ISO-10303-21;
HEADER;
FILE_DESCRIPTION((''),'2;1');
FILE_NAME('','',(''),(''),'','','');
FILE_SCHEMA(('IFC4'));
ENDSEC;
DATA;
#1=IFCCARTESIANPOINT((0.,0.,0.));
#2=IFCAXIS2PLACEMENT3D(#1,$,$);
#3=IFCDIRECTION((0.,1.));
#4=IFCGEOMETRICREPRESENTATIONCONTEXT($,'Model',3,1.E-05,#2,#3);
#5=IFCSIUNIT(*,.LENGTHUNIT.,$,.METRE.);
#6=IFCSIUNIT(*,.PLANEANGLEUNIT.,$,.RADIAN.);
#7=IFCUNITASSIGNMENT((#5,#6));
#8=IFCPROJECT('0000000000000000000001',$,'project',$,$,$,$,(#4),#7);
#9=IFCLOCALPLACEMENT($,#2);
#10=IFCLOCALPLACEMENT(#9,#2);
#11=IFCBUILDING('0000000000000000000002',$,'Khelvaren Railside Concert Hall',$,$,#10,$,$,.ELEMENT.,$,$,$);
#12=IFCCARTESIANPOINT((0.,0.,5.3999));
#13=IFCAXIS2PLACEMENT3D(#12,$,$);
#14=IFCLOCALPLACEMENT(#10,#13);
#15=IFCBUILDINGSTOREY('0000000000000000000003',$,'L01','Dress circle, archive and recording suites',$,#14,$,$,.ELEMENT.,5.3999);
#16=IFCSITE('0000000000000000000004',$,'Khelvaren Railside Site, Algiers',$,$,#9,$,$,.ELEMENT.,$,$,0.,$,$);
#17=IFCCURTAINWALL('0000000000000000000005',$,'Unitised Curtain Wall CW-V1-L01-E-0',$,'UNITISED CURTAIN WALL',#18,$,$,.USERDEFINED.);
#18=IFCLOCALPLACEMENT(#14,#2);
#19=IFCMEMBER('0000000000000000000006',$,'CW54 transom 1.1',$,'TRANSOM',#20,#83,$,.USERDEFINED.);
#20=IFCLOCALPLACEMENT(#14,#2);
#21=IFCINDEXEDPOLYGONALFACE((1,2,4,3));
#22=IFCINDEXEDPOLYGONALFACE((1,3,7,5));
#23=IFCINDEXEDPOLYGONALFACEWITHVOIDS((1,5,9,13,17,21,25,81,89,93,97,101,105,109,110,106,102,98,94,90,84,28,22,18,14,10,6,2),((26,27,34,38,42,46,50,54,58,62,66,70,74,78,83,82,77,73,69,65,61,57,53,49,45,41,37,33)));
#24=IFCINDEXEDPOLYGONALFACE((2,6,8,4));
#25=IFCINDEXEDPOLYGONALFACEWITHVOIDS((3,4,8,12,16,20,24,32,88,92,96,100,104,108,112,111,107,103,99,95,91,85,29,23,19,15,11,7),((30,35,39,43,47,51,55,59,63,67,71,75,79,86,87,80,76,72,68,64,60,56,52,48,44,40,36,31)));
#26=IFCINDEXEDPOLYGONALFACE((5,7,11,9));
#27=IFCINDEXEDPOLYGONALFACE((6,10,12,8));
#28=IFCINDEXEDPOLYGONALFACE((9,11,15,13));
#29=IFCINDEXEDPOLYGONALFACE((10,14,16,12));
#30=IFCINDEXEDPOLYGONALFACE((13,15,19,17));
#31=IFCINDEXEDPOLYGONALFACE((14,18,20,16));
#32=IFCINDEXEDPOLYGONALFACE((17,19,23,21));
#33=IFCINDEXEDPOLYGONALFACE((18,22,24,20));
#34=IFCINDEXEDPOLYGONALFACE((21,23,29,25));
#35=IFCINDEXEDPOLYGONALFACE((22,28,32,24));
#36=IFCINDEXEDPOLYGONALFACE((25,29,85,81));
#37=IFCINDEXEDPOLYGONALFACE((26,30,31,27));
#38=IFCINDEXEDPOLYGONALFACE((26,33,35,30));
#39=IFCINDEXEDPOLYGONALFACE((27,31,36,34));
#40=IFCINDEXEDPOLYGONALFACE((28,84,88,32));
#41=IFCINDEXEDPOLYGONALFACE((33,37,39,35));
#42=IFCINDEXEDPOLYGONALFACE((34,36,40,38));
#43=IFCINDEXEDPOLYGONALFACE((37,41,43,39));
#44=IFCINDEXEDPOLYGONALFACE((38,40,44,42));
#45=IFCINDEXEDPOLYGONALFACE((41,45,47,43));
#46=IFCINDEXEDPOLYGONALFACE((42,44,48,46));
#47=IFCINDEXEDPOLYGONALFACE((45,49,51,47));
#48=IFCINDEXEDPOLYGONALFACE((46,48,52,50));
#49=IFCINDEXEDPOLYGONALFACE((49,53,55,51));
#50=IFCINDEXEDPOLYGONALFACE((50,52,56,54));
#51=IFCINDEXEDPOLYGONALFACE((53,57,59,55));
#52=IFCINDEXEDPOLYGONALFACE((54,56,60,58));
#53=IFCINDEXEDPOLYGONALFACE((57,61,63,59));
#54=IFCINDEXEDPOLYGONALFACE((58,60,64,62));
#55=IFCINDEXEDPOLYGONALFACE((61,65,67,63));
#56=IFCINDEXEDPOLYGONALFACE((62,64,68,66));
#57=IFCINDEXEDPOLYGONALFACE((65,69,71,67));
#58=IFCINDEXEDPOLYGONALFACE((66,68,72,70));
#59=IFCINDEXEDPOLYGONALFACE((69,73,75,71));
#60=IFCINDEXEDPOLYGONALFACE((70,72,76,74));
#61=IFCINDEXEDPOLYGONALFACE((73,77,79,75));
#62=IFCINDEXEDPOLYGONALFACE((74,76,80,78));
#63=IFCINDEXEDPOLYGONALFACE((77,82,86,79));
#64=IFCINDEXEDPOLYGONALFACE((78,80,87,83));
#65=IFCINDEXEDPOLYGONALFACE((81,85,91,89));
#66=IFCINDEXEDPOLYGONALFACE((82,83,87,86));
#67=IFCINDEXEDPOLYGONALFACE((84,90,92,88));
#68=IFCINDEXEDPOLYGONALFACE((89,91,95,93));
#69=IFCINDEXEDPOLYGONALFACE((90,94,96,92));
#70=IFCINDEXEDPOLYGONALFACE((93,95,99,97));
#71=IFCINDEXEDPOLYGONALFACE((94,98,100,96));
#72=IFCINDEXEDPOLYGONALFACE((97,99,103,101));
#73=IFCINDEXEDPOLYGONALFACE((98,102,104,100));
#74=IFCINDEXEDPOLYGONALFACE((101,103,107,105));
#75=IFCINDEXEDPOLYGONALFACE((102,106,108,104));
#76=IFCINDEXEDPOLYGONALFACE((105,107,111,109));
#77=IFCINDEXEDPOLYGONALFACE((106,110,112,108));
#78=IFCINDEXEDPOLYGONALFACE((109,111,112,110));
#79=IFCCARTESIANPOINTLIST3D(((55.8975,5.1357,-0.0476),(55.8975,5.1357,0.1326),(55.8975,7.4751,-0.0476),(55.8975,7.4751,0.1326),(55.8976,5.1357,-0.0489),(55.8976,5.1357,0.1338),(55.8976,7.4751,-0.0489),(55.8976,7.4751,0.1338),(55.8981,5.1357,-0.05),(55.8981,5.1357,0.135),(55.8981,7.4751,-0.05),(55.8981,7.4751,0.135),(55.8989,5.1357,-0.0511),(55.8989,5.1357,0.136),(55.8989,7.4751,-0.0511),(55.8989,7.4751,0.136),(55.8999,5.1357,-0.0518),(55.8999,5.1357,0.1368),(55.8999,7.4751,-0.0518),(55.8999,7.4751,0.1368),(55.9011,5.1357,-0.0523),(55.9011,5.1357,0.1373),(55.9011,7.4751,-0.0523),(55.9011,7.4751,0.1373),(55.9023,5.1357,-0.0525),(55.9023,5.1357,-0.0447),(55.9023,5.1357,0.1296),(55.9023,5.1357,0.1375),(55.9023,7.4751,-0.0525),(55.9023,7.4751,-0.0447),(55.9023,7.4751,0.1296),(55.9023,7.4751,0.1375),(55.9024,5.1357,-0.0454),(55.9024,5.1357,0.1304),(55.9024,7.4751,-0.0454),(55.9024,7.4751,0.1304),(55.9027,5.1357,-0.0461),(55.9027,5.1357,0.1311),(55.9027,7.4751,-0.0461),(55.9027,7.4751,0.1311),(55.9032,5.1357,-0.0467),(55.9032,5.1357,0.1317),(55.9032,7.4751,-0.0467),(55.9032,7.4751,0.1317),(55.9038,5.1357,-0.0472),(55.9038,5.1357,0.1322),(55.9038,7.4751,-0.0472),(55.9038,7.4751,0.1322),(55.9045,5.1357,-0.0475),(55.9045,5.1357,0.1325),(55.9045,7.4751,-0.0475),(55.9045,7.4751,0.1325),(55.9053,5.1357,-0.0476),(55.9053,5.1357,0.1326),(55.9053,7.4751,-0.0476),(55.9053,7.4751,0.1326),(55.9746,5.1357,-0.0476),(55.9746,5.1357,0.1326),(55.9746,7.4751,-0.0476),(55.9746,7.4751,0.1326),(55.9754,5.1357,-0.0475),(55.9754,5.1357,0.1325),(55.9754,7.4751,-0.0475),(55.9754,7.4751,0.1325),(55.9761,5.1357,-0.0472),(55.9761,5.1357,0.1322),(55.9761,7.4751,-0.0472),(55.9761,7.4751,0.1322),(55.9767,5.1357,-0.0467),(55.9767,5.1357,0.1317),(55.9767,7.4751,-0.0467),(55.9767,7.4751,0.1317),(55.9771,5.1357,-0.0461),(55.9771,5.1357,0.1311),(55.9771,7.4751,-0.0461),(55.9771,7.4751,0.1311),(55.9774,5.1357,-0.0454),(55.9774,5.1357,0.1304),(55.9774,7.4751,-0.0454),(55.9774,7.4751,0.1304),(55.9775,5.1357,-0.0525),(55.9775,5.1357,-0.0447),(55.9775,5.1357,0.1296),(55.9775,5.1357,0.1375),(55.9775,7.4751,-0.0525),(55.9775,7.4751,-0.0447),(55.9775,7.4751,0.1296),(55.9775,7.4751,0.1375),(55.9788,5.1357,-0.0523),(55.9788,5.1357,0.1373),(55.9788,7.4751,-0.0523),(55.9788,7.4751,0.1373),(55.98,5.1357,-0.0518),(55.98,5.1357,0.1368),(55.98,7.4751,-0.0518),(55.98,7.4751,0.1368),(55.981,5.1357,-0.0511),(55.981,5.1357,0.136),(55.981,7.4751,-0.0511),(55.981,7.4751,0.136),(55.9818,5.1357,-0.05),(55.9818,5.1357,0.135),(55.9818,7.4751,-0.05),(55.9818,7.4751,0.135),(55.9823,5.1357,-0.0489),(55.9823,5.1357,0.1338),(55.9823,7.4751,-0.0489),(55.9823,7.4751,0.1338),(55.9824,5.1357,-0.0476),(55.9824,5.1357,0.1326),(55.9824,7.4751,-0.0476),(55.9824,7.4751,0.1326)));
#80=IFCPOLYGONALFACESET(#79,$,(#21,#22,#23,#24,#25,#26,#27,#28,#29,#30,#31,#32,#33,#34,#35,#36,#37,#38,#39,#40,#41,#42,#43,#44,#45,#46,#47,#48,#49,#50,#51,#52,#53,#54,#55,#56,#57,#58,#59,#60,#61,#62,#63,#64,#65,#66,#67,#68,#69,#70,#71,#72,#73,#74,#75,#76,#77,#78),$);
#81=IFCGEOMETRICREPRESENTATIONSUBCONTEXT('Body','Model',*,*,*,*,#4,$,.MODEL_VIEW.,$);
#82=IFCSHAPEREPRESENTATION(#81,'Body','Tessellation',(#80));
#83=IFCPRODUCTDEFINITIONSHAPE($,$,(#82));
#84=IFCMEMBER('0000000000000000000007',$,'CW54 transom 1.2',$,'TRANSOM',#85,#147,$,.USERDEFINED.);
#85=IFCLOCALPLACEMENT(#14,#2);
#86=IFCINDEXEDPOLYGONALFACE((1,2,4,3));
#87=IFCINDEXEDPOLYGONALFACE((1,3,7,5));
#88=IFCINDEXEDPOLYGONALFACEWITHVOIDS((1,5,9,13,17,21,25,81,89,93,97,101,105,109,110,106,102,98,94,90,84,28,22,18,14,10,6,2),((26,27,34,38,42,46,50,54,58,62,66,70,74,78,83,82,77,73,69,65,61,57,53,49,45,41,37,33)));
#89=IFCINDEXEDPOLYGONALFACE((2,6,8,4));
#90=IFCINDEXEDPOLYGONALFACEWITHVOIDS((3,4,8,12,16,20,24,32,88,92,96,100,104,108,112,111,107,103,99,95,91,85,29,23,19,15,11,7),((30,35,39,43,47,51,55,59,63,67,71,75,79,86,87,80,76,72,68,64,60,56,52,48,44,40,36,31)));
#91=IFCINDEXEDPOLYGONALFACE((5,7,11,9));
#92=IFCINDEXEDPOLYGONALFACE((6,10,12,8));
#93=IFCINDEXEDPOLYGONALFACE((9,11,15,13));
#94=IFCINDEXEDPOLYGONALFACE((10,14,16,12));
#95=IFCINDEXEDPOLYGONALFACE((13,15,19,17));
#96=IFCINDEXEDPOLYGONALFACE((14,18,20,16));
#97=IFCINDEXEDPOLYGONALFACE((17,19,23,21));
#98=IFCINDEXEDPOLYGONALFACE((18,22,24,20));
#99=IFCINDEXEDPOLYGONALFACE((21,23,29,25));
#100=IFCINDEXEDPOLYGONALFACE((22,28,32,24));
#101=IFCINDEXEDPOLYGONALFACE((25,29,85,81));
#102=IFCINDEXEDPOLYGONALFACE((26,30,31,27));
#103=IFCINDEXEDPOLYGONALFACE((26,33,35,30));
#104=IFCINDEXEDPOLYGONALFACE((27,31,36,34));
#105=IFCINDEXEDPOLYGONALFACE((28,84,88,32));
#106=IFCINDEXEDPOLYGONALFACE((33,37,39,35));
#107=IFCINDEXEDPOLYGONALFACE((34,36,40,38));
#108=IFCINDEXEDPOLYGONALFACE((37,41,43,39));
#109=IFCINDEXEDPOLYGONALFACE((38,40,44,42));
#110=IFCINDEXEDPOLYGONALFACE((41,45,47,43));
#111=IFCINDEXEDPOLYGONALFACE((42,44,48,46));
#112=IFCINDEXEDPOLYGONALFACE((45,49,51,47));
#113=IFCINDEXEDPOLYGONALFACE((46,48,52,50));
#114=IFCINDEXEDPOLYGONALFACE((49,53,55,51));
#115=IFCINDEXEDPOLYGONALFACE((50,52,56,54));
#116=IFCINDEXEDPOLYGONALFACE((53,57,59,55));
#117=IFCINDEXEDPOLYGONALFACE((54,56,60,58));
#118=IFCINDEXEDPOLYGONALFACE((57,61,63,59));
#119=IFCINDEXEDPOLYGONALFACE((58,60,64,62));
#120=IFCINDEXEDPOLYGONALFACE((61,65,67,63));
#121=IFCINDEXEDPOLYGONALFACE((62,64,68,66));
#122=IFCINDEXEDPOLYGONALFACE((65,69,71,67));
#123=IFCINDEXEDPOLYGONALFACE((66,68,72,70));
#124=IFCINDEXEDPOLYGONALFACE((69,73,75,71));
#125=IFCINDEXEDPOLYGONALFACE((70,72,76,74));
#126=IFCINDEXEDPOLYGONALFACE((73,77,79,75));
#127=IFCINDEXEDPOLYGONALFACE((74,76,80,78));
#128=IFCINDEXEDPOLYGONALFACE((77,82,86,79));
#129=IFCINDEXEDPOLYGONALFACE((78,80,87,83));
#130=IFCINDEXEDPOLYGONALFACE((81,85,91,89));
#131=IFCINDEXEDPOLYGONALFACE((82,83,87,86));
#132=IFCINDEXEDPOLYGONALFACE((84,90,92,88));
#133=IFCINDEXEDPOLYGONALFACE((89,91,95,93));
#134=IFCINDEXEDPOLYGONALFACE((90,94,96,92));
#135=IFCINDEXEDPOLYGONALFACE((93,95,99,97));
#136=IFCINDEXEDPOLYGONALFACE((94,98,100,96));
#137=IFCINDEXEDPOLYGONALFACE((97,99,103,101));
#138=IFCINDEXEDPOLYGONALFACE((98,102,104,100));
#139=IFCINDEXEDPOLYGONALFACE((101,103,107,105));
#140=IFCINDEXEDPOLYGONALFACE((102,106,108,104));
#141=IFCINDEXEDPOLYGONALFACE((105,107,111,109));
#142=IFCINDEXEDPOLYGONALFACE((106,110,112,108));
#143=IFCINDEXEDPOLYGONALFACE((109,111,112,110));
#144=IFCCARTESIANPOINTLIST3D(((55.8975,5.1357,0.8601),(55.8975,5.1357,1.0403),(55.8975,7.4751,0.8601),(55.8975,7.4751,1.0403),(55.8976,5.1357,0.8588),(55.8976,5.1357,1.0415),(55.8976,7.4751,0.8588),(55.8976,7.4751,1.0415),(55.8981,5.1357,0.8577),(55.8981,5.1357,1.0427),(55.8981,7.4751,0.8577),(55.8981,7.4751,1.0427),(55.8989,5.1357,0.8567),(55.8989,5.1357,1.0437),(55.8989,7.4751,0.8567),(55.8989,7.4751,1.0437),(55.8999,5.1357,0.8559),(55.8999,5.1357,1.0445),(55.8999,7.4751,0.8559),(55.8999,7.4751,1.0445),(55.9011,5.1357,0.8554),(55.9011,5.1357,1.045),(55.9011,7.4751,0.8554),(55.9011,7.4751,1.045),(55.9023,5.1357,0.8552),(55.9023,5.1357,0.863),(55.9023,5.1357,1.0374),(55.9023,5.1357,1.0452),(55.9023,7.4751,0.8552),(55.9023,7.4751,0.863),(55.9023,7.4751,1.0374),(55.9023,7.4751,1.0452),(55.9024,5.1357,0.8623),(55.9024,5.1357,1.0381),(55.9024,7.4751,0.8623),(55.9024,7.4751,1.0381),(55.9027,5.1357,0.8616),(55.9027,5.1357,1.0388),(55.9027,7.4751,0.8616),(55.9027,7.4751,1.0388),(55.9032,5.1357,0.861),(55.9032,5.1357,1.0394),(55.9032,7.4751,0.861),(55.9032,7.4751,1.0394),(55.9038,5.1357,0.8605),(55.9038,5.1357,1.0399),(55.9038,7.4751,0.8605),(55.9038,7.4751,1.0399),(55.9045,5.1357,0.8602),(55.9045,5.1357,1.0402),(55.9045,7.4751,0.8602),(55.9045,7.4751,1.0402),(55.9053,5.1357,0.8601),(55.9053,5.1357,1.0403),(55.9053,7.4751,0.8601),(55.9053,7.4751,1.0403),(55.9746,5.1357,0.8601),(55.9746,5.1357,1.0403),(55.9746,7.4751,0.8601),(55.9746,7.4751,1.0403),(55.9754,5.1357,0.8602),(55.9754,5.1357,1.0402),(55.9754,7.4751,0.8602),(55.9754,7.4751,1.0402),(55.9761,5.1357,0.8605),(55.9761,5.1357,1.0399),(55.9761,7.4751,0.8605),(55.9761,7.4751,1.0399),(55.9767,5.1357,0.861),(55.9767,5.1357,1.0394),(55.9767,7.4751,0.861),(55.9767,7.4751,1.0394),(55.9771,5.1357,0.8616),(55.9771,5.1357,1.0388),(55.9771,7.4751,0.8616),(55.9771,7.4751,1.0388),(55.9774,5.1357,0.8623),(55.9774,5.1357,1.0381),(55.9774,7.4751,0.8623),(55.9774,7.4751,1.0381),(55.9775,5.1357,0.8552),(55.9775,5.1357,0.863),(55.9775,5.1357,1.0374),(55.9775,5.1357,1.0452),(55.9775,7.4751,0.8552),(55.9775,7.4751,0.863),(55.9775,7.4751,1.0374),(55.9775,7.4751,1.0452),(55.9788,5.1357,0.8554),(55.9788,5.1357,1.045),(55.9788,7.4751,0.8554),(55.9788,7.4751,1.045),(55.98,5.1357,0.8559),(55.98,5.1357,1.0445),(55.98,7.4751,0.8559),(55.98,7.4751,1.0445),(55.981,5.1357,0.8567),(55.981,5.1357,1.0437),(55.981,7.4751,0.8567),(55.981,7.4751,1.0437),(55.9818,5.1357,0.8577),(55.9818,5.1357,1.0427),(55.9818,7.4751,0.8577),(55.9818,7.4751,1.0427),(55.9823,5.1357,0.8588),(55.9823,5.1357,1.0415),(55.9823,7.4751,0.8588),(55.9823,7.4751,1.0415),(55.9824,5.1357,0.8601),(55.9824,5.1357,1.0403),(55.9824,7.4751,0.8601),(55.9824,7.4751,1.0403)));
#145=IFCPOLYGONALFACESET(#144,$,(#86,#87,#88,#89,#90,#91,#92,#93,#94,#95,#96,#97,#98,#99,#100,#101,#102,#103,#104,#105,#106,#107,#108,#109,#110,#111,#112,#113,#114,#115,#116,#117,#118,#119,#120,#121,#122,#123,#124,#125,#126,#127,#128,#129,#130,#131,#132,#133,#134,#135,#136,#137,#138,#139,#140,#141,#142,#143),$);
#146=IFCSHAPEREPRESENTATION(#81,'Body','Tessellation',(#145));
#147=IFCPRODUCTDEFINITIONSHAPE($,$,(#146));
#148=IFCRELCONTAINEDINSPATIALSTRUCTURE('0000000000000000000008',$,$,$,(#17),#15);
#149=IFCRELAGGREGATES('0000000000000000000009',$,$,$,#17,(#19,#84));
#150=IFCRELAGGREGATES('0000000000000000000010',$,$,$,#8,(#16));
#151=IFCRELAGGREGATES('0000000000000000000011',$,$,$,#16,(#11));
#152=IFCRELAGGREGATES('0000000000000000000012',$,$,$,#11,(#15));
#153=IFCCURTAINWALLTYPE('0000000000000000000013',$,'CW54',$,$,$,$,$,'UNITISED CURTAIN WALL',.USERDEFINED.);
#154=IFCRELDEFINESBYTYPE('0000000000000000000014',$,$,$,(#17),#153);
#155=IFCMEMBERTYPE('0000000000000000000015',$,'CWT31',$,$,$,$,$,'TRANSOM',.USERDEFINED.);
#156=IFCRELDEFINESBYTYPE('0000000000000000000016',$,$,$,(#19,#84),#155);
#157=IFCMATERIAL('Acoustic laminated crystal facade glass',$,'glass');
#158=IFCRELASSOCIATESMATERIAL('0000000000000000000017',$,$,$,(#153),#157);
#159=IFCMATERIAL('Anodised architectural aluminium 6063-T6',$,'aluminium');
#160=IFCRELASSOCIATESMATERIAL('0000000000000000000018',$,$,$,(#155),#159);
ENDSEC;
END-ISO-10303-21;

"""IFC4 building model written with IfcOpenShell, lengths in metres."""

from ifc_helpers import new_model, si_unit, direction, frame, origin, origin_2d, place, context, subcontext, project, spatial, hollow_rectangle, extrude, material, material_profile, profile_set, type_object, element, aggregate, save


model = new_model("IFC4")

# Units and contexts
model_context = context("Model", 3, precision=1e-05, world=origin(), true_north=direction((0.0, 1.0)))
body_context = subcontext(model_context, "Body", "Model", "MODEL_VIEW")
ifc_project = project(units=[si_unit("LENGTHUNIT", "METRE"), si_unit("PLANEANGLEUNIT", "RADIAN")], contexts=[model_context])

# Site, building, storey
site_placement = place(None, origin())
site = spatial("IfcSite", under=ifc_project, at=site_placement, Name="Khelvaren Railside Site, Algiers", CompositionType="ELEMENT", RefElevation=0.0)
building_placement = place(site_placement, origin())
building = spatial("IfcBuilding", under=site, at=building_placement, Name="Khelvaren Railside Concert Hall", CompositionType="ELEMENT")
storey_placement = place(building_placement, frame((0.0, 0.0, 5.3999)))
storey = spatial("IfcBuildingStorey", under=building, at=storey_placement, Name="L01", Description="Dress circle, archive and recording suites", CompositionType="ELEMENT", Elevation=5.3999)

# Curtain wall, members
ifc_material_1 = material(Name="Anodised architectural aluminium 6063-T6", Category="aluminium")
ifc_material_2 = material(Name="Acoustic laminated crystal facade glass", Category="glass")
curtain_wall_type_1 = type_object("IfcCurtainWallType", Name="CW54", ElementType="UNITISED CURTAIN WALL", PredefinedType="USERDEFINED", material=ifc_material_2)
curtain_wall_1_placement = place(storey_placement, origin())
curtain_wall_1 = element("IfcCurtainWall", 1, at=curtain_wall_1_placement, inside=storey, type_object=curtain_wall_type_1, Name="Unitised Curtain Wall CW-V1-L01-E-0", ObjectType="UNITISED CURTAIN WALL", PredefinedType="USERDEFINED")
ifc_material_profile_1 = material_profile(ifc_material_1, hollow_rectangle(XDim=0.085, YDim=0.1899, WallThickness=0.0049, InnerFilletRadius=0.0029, OuterFilletRadius=0.0049, at=origin_2d()), Name="CWT 85x190x5")
ifc_profile_set_1 = profile_set([ifc_material_profile_1], Name="Anodised architectural aluminium 6063-T6")
member_type_1 = type_object("IfcMemberType", Name="CWT31", ElementType="TRANSOM", PredefinedType="USERDEFINED", material=ifc_profile_set_1)
member_1_placement = place(storey_placement, frame((55.9399, 7.4751, 0.0425), z_axis=(0.0, -1.0, 0.0), x_axis=(1.0, 0.0, 0.0)))
member_1 = element("IfcMember", 2, at=member_1_placement, type_object=member_type_1, Name="CW54 transom 1.1", ObjectType="TRANSOM", PredefinedType="USERDEFINED", context=body_context, shape_type="SweptSolid", body=[
    extrude(hollow_rectangle(XDim=0.085, YDim=0.1899, WallThickness=0.0049, InnerFilletRadius=0.0029, OuterFilletRadius=0.0049, at=origin_2d()), origin(), (0.0, 0.0, 1.0), 2.3394),
])
member_2_placement = place(storey_placement, frame((55.9399, 7.4751, 0.9502), z_axis=(0.0, -1.0, 0.0), x_axis=(1.0, 0.0, 0.0)))
member_2 = element("IfcMember", 3, at=member_2_placement, type_object=member_type_1, Name="CW54 transom 1.2", ObjectType="TRANSOM", PredefinedType="USERDEFINED", context=body_context, shape_type="SweptSolid", body=[
    extrude(hollow_rectangle(XDim=0.085, YDim=0.1899, WallThickness=0.0049, InnerFilletRadius=0.0029, OuterFilletRadius=0.0049, at=origin_2d()), origin(), (0.0, 0.0, 1.0), 2.3394),
])

aggregate(curtain_wall_1, [member_1, member_2])

save(model, "model.ifc")
